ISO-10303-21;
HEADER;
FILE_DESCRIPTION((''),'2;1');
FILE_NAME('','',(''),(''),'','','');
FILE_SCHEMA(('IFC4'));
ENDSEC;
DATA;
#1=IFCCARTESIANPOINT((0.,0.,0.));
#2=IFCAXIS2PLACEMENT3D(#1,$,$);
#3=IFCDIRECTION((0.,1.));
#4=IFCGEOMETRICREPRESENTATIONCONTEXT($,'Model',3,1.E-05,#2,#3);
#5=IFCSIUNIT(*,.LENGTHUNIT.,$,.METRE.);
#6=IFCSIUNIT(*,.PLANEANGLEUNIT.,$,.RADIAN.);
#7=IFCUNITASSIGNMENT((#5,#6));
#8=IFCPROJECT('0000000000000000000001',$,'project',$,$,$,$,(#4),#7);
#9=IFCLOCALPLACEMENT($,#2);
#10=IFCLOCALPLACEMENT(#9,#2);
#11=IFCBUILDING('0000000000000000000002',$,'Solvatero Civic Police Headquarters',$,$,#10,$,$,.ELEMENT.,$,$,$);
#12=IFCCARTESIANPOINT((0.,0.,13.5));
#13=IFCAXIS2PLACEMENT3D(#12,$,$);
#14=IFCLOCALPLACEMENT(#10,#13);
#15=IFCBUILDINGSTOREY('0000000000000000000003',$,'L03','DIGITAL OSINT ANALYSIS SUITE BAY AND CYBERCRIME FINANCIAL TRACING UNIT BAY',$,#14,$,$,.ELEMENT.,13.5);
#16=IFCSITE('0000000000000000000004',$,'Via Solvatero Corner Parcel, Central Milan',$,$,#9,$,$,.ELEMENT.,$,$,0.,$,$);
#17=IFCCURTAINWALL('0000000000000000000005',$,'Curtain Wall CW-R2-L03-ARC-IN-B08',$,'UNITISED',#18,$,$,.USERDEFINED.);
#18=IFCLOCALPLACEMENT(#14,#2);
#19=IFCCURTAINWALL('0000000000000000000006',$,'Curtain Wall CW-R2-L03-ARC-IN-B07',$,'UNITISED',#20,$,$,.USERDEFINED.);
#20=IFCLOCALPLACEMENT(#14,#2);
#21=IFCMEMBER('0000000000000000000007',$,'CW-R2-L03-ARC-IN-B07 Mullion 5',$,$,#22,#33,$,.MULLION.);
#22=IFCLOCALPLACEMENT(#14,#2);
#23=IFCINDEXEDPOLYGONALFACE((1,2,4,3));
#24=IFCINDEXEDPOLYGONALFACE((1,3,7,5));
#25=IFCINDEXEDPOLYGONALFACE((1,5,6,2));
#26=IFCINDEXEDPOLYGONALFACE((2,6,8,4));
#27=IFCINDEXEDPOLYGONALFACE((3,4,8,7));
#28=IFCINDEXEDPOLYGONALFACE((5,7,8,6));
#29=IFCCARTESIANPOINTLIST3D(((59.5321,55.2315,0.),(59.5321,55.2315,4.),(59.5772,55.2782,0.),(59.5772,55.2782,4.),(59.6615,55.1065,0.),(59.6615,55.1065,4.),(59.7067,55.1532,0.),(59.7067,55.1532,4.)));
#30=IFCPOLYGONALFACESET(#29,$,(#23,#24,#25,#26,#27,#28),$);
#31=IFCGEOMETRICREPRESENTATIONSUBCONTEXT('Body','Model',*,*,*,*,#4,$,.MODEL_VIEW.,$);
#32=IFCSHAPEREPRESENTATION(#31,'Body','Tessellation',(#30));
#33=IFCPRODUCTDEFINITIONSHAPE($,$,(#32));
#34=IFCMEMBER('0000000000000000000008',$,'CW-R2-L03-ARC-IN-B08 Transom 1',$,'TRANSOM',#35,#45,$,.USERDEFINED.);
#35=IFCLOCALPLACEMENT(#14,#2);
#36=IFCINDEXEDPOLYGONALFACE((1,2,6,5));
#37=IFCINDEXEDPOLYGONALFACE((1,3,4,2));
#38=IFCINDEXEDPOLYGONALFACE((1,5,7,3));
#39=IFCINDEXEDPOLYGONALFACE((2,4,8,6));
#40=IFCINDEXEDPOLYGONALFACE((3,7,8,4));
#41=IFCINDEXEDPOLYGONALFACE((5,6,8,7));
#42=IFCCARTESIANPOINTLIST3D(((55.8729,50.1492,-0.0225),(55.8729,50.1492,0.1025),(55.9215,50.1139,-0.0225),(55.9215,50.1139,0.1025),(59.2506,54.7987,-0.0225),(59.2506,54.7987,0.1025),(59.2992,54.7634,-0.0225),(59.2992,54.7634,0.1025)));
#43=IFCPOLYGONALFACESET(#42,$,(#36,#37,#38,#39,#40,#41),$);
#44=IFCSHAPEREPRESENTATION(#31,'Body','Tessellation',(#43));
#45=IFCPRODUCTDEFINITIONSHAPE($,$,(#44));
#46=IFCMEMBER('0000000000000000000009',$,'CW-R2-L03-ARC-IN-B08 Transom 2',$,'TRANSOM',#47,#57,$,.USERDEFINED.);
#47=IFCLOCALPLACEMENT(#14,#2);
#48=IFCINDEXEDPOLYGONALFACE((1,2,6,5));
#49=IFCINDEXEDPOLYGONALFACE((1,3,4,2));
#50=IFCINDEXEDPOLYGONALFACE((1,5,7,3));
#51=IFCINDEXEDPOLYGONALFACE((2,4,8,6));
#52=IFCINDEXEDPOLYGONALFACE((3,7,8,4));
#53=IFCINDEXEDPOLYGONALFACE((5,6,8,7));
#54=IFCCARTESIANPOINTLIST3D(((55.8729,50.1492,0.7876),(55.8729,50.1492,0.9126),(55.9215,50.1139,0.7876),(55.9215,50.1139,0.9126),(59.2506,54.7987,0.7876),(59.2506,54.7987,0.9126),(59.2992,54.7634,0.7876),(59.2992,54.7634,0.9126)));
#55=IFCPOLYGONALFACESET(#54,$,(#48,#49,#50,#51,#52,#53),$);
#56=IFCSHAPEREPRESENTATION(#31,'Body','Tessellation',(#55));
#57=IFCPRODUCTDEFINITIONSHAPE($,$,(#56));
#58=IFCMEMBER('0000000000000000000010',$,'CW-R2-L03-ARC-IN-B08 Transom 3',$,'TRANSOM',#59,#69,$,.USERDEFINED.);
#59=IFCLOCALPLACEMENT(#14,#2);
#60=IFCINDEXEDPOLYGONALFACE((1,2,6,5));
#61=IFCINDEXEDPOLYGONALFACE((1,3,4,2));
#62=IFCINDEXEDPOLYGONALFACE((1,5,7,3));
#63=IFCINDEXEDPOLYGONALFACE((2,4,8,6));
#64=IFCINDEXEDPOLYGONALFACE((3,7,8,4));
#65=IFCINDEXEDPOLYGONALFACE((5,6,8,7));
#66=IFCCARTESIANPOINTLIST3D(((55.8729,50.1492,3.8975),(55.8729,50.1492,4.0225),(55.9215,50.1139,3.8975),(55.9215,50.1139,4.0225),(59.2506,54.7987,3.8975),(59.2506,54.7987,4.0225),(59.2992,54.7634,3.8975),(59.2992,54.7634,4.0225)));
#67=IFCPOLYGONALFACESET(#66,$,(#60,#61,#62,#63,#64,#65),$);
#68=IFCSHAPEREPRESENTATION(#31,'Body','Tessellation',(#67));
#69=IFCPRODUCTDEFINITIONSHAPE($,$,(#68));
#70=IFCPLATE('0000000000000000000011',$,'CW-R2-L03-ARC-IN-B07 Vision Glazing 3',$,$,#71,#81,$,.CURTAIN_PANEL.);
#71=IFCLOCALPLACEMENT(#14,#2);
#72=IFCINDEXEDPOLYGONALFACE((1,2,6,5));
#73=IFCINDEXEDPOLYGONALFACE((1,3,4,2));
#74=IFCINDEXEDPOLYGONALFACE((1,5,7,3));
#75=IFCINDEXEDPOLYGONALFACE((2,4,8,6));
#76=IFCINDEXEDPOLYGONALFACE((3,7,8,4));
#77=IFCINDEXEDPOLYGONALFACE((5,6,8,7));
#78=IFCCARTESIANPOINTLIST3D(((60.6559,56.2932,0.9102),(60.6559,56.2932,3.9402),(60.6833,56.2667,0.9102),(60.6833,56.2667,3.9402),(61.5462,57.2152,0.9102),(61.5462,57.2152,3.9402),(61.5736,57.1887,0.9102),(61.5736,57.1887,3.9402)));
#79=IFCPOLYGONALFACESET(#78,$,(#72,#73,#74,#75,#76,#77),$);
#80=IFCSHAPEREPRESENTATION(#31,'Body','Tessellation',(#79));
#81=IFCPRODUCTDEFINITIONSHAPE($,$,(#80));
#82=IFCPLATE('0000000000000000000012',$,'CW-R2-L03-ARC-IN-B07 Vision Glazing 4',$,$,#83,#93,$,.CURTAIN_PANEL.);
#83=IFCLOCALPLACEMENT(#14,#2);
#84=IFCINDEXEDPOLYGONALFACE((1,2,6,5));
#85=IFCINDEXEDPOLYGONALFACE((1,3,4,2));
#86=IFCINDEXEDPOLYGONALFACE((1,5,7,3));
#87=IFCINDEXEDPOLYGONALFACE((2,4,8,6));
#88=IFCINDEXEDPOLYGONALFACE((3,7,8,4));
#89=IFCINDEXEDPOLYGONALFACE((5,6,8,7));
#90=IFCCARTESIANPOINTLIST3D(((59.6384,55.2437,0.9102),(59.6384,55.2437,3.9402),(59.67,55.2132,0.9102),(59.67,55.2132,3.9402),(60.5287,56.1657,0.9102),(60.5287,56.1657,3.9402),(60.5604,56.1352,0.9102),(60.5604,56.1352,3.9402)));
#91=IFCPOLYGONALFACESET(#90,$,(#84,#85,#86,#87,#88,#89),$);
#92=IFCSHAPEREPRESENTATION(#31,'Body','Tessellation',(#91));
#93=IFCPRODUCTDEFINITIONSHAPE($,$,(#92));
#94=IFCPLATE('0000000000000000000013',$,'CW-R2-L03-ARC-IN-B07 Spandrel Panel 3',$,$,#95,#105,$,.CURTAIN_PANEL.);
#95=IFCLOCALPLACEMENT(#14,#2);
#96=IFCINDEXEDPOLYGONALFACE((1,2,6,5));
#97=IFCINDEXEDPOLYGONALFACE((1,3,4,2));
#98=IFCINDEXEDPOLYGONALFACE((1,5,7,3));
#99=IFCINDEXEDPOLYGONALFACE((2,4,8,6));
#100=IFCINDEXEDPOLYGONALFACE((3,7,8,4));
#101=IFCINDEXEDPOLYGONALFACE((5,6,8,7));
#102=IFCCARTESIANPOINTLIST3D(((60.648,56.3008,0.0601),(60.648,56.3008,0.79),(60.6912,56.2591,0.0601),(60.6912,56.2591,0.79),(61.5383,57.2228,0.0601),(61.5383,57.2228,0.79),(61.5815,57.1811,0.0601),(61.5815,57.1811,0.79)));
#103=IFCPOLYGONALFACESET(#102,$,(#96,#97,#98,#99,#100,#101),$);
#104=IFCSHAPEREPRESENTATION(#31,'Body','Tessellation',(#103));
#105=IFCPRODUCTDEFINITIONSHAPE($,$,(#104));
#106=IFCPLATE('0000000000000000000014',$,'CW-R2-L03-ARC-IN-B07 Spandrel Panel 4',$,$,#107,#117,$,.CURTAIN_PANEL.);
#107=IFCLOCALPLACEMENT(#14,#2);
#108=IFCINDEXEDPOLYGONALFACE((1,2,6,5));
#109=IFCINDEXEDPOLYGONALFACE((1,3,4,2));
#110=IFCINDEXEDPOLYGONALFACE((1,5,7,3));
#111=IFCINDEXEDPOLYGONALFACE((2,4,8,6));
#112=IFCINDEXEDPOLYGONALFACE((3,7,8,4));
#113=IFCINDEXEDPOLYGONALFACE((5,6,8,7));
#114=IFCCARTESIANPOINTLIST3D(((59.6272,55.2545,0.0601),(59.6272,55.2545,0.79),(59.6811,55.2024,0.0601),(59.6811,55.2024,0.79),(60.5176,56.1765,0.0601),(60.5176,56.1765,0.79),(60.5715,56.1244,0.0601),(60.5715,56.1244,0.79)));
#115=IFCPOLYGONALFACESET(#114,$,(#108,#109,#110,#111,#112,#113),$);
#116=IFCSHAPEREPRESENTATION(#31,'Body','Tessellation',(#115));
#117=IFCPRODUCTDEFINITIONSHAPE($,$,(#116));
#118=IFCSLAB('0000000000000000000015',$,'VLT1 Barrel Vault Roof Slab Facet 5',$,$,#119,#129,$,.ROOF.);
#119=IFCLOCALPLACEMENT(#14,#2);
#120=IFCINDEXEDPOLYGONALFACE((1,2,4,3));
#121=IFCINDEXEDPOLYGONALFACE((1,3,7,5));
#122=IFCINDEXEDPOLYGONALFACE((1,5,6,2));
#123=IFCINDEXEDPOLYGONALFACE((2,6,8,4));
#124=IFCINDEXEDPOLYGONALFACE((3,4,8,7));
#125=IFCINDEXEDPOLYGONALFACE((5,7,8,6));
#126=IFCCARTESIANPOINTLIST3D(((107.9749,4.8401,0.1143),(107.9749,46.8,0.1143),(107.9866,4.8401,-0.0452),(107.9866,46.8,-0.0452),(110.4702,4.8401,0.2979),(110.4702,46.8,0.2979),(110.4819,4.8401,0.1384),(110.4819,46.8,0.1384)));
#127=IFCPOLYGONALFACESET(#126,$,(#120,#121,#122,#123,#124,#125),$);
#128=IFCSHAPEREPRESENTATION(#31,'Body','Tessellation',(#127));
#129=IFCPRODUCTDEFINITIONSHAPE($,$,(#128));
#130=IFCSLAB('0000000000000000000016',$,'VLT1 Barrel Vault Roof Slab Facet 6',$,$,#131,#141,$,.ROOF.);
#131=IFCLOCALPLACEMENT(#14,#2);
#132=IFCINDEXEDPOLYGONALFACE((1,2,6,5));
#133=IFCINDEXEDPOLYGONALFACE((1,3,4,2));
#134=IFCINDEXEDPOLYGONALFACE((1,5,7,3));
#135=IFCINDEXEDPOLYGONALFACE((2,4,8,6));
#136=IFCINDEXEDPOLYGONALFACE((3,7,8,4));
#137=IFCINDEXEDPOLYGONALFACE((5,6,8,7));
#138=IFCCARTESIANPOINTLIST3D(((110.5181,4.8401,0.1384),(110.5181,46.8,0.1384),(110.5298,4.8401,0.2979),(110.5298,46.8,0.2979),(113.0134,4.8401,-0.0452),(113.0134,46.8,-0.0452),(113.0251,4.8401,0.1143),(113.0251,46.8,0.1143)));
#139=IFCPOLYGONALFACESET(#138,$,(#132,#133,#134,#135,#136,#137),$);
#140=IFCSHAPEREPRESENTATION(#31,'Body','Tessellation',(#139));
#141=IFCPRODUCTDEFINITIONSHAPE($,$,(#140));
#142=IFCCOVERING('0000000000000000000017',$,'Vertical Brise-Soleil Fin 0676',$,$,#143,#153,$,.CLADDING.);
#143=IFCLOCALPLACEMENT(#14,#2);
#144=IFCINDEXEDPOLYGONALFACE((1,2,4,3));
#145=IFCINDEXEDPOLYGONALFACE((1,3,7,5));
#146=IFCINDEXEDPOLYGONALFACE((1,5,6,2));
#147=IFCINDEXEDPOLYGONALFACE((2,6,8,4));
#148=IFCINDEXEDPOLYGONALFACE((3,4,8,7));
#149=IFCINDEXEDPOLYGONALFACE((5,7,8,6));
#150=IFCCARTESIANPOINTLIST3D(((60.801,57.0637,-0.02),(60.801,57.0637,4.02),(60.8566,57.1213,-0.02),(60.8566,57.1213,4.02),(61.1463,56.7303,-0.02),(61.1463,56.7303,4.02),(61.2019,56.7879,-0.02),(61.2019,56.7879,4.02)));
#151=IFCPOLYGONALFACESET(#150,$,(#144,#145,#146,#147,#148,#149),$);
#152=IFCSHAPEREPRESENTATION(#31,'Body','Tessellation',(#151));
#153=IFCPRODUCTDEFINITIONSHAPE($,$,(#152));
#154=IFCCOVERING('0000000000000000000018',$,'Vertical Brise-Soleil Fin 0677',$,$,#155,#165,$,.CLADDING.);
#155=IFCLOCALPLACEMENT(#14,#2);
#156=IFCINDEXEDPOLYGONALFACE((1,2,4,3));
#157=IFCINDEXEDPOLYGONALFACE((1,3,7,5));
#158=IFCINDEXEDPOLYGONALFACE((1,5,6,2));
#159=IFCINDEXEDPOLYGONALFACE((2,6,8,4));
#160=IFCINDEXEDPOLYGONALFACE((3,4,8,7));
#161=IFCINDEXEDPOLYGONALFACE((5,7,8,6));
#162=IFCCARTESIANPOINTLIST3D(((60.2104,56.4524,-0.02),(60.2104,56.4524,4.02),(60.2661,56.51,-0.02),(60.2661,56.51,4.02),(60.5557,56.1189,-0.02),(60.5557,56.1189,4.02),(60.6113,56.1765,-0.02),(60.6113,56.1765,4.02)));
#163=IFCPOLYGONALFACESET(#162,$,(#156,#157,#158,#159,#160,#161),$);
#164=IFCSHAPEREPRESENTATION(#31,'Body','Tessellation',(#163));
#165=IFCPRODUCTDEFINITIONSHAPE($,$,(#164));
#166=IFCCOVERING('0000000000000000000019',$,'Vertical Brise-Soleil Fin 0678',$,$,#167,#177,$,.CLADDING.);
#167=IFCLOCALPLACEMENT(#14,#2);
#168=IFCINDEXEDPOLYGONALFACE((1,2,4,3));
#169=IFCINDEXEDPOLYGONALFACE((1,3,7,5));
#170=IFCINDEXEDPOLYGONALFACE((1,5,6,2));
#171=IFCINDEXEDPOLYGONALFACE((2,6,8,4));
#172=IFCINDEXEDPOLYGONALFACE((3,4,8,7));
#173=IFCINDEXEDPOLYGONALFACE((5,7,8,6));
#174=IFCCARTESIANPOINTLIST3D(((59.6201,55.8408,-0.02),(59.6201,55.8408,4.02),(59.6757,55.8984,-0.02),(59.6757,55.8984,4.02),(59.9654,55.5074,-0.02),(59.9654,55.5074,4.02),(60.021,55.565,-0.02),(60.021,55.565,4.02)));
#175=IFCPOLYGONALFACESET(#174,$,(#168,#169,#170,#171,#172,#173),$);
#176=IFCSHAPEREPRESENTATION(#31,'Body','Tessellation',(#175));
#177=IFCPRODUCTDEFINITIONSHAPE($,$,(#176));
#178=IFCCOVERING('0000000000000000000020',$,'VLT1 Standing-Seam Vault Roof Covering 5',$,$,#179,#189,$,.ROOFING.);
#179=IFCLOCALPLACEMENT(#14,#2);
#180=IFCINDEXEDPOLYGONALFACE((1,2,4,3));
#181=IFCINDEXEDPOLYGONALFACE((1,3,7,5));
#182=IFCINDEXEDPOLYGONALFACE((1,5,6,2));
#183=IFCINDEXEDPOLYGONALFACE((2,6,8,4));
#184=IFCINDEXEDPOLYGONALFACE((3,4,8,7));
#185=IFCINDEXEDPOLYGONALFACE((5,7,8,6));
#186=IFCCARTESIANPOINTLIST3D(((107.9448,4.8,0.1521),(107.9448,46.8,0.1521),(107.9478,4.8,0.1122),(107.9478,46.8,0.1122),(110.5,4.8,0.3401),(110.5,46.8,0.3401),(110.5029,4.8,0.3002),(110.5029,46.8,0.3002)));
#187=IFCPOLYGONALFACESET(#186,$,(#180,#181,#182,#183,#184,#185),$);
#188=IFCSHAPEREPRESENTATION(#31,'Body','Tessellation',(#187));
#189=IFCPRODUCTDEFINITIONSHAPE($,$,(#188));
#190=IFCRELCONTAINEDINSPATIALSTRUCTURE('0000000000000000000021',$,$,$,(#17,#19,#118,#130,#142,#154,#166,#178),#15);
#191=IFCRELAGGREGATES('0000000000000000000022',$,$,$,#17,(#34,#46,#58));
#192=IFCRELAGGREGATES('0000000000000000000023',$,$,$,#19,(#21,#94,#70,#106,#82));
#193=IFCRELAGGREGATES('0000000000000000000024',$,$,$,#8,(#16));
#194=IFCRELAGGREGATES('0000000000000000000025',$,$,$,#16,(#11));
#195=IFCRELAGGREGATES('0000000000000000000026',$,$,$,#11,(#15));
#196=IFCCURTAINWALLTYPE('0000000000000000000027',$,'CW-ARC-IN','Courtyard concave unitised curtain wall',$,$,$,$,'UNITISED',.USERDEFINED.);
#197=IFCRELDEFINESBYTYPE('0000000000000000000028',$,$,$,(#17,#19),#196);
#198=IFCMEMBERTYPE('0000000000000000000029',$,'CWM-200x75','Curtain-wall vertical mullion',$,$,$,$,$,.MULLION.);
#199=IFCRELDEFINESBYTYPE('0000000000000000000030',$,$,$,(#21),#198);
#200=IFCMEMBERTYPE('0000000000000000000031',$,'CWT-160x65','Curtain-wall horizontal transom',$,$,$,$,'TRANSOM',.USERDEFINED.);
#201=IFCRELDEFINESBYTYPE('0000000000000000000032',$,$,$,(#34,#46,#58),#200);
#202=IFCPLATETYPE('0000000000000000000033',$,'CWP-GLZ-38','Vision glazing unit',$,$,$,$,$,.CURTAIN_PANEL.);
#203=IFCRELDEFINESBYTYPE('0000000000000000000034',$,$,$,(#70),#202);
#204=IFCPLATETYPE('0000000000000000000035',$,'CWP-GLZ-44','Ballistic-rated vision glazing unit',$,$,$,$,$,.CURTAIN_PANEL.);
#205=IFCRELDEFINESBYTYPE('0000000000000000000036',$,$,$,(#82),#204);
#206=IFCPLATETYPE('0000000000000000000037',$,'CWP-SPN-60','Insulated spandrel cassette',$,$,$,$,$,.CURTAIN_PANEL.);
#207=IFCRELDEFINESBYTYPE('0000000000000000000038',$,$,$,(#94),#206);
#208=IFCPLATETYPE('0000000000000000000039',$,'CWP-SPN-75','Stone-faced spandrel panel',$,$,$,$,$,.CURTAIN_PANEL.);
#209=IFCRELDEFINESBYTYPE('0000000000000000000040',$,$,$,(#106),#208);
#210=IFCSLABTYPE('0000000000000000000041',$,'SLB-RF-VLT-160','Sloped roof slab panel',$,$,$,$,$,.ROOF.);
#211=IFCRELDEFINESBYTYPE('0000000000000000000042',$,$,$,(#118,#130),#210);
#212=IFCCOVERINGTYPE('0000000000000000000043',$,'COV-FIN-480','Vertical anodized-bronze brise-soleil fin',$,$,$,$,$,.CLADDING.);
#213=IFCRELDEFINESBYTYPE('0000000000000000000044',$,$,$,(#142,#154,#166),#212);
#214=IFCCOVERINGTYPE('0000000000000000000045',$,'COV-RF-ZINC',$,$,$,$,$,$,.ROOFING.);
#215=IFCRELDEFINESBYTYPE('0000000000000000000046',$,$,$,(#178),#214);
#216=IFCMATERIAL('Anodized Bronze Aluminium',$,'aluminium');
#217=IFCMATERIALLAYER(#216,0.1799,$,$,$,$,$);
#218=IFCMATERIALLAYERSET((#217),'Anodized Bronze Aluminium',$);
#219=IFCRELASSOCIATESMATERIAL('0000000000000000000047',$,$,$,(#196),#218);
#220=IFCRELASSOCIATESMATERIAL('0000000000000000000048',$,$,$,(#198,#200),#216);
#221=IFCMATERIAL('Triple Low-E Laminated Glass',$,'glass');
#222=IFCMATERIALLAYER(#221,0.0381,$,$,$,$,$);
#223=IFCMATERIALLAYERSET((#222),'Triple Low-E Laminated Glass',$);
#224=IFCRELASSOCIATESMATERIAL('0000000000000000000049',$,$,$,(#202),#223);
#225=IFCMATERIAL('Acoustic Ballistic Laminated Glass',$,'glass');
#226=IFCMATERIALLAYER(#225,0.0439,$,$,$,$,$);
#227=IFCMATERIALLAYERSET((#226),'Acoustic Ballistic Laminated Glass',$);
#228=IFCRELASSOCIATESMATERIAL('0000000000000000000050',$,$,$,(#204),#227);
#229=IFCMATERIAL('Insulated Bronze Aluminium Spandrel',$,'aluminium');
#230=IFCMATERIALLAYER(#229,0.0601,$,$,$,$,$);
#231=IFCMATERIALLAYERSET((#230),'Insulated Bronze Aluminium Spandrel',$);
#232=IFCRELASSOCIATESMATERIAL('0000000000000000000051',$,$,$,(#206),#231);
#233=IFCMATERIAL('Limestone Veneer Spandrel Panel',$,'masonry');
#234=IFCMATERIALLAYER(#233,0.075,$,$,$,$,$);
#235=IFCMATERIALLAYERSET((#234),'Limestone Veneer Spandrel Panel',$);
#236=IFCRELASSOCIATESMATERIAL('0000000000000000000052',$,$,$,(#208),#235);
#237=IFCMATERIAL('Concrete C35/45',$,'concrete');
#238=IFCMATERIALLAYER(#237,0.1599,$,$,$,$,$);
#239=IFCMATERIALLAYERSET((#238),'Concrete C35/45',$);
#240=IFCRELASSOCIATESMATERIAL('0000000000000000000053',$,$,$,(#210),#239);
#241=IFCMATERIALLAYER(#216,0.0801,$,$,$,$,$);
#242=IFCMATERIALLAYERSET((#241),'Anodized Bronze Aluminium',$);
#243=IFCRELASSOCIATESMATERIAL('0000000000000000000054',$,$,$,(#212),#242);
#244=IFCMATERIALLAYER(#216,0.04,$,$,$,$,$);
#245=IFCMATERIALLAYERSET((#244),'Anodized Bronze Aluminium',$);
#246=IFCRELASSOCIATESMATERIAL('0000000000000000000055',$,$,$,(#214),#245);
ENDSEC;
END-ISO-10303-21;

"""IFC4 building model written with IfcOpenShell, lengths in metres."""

from ifc_helpers import new_model, si_unit, direction, frame, origin, origin_2d, place, context, subcontext, project, spatial, polyline, rectangle, outline, extrude, material, layer, layer_set, material_profile, profile_set, type_object, element, aggregate, save


model = new_model("IFC4")

# Units and contexts
model_context = context("Model", 3, precision=1e-05, world=origin(), true_north=direction((0.0, 1.0)))
body_context = subcontext(model_context, "Body", "Model", "MODEL_VIEW")
ifc_project = project(units=[si_unit("LENGTHUNIT", "METRE"), si_unit("PLANEANGLEUNIT", "RADIAN")], contexts=[model_context])

# Site, building, storey
site_placement = place(None, origin())
site = spatial("IfcSite", under=ifc_project, at=site_placement, Name="Via Solvatero Corner Parcel, Central Milan", CompositionType="ELEMENT", RefElevation=0.0)
building_placement = place(site_placement, origin())
building = spatial("IfcBuilding", under=site, at=building_placement, Name="Solvatero Civic Police Headquarters", CompositionType="ELEMENT")
storey_placement = place(building_placement, frame((0.0, 0.0, 13.5)))
storey = spatial("IfcBuildingStorey", under=building, at=storey_placement, Name="L03", Description="DIGITAL OSINT ANALYSIS SUITE BAY AND CYBERCRIME FINANCIAL TRACING UNIT BAY", CompositionType="ELEMENT", Elevation=13.5)

# Curtain wall
ifc_material_1 = material(Name="Anodized Bronze Aluminium", Category="aluminium")
ifc_layer_1 = layer(ifc_material_1, 0.1799)
ifc_layer_set_1 = layer_set([ifc_layer_1], Name="Anodized Bronze Aluminium")
curtain_wall_type = type_object("IfcCurtainWallType", Name="CW-ARC-IN", Description="Courtyard concave unitised curtain wall", ElementType="UNITISED", PredefinedType="USERDEFINED", material=ifc_layer_set_1)
curtain_wall_1_placement = place(storey_placement, origin())
curtain_wall_1 = element("IfcCurtainWall", 1, at=curtain_wall_1_placement, inside=storey, type_object=curtain_wall_type, Name="Curtain Wall CW-R2-L03-ARC-IN-B08", ObjectType="UNITISED", PredefinedType="USERDEFINED")

# Curtain wall, member
curtain_wall_2_placement = place(storey_placement, origin())
curtain_wall_2 = element("IfcCurtainWall", 2, at=curtain_wall_2_placement, inside=storey, type_object=curtain_wall_type, Name="Curtain Wall CW-R2-L03-ARC-IN-B07", ObjectType="UNITISED", PredefinedType="USERDEFINED")
ifc_material_profile_1 = material_profile(ifc_material_1, rectangle(XDim=0.0649, YDim=0.1799, at=origin_2d()), Name="ALU MULLION 65x180")
ifc_profile_set_1 = profile_set([ifc_material_profile_1], Name="Anodized Bronze Aluminium")
member_type_1 = type_object("IfcMemberType", Name="CWM-200x75", Description="Curtain-wall vertical mullion", PredefinedType="MULLION", material=ifc_profile_set_1)
member_1_placement = place(storey_placement, frame((59.6194, 55.1924, 0.0), z_axis=(0.0, 0.0, 1.0), x_axis=(-0.694658, -0.71934, 0.0)))
member_1 = element("IfcMember", 3, at=member_1_placement, type_object=member_type_1, Name="CW-R2-L03-ARC-IN-B07 Mullion 5", PredefinedType="MULLION", context=body_context, shape_type="SweptSolid", body=[
    extrude(rectangle(XDim=0.0649, YDim=0.1799, at=origin_2d()), origin(), (0.0, 0.0, 1.0), 4.0),
])

# Members
ifc_material_profile_2 = material_profile(ifc_material_1, rectangle(XDim=0.0601, YDim=0.125, at=origin_2d()), Name="ALU TRANSOM 60x125")
ifc_profile_set_2 = profile_set([ifc_material_profile_2], Name="Anodized Bronze Aluminium")
member_type_2 = type_object("IfcMemberType", Name="CWT-160x65", Description="Curtain-wall horizontal transom", ElementType="TRANSOM", PredefinedType="USERDEFINED", material=ifc_profile_set_2)
member_2_placement = place(storey_placement, frame((59.2749, 54.781, 0.04), z_axis=(-0.58775, -0.809043, 0.0), x_axis=(0.809043, -0.58775, 0.0)))
member_2 = element("IfcMember", 4, at=member_2_placement, type_object=member_type_2, Name="CW-R2-L03-ARC-IN-B08 Transom 1", ObjectType="TRANSOM", PredefinedType="USERDEFINED", context=body_context, shape_type="SweptSolid", body=[
    extrude(rectangle(XDim=0.0601, YDim=0.125, at=origin_2d()), origin(), (0.0, 0.0, 1.0), 5.7468),
])
member_3_placement = place(storey_placement, frame((59.2749, 54.781, 0.8501), z_axis=(-0.58775, -0.809043, 0.0), x_axis=(0.809043, -0.58775, 0.0)))
member_3 = element("IfcMember", 5, at=member_3_placement, type_object=member_type_2, Name="CW-R2-L03-ARC-IN-B08 Transom 2", ObjectType="TRANSOM", PredefinedType="USERDEFINED", context=body_context, shape_type="SweptSolid", body=[
    extrude(rectangle(XDim=0.0601, YDim=0.125, at=origin_2d()), origin(), (0.0, 0.0, 1.0), 5.7468),
])
member_4_placement = place(storey_placement, frame((59.2749, 54.781, 3.96), z_axis=(-0.58775, -0.809043, 0.0), x_axis=(0.809043, -0.58775, 0.0)))
member_4 = element("IfcMember", 6, at=member_4_placement, type_object=member_type_2, Name="CW-R2-L03-ARC-IN-B08 Transom 3", ObjectType="TRANSOM", PredefinedType="USERDEFINED", context=body_context, shape_type="SweptSolid", body=[
    extrude(rectangle(XDim=0.0601, YDim=0.125, at=origin_2d()), origin(), (0.0, 0.0, 1.0), 5.7468),
])
aggregate(curtain_wall_1, [member_2, member_3, member_4])

# Plates
ifc_material_2 = material(Name="Triple Low-E Laminated Glass", Category="glass")
ifc_layer_2 = layer(ifc_material_2, 0.0381)
ifc_layer_set_2 = layer_set([ifc_layer_2], Name="Triple Low-E Laminated Glass")
plate_type_1 = type_object("IfcPlateType", Name="CWP-GLZ-38", Description="Vision glazing unit", PredefinedType="CURTAIN_PANEL", material=ifc_layer_set_2)
plate_1_placement = place(storey_placement, frame((61.1147, 56.741, 0.9102), z_axis=(0.0, 0.0, 1.0), x_axis=(-0.694658, -0.71934, 0.0)))
plate_1 = element("IfcPlate", 7, at=plate_1_placement, type_object=plate_type_1, Name="CW-R2-L03-ARC-IN-B07 Vision Glazing 3", PredefinedType="CURTAIN_PANEL", context=body_context, shape_type="SweptSolid", body=[
    extrude(rectangle(XDim=1.2817, YDim=0.0381, at=origin_2d()), origin(), (0.0, 0.0, 1.0), 3.03),
])
ifc_material_3 = material(Name="Acoustic Ballistic Laminated Glass", Category="glass")
ifc_layer_3 = layer(ifc_material_3, 0.0439)
ifc_layer_set_3 = layer_set([ifc_layer_3], Name="Acoustic Ballistic Laminated Glass")
plate_type_2 = type_object("IfcPlateType", Name="CWP-GLZ-44", Description="Ballistic-rated vision glazing unit", PredefinedType="CURTAIN_PANEL", material=ifc_layer_set_3)
plate_2_placement = place(storey_placement, frame((60.0994, 55.6895, 0.9102), z_axis=(0.0, 0.0, 1.0), x_axis=(-0.694658, -0.71934, 0.0)))
plate_2 = element("IfcPlate", 8, at=plate_2_placement, type_object=plate_type_2, Name="CW-R2-L03-ARC-IN-B07 Vision Glazing 4", PredefinedType="CURTAIN_PANEL", context=body_context, shape_type="SweptSolid", body=[
    extrude(rectangle(XDim=1.2817, YDim=0.0439, at=origin_2d()), origin(), (0.0, 0.0, 1.0), 3.03),
])
ifc_material_4 = material(Name="Insulated Bronze Aluminium Spandrel", Category="aluminium")
ifc_layer_4 = layer(ifc_material_4, 0.0601)
ifc_layer_set_4 = layer_set([ifc_layer_4], Name="Insulated Bronze Aluminium Spandrel")
plate_type_3 = type_object("IfcPlateType", Name="CWP-SPN-60", Description="Insulated spandrel cassette", PredefinedType="CURTAIN_PANEL", material=ifc_layer_set_4)
plate_3_placement = place(storey_placement, frame((61.1147, 56.741, 0.0601), z_axis=(0.0, 0.0, 1.0), x_axis=(-0.694658, -0.71934, 0.0)))
plate_3 = element("IfcPlate", 9, at=plate_3_placement, type_object=plate_type_3, Name="CW-R2-L03-ARC-IN-B07 Spandrel Panel 3", PredefinedType="CURTAIN_PANEL", context=body_context, shape_type="SweptSolid", body=[
    extrude(rectangle(XDim=1.2817, YDim=0.0601, at=origin_2d()), origin(), (0.0, 0.0, 1.0), 0.73),
])
ifc_material_5 = material(Name="Limestone Veneer Spandrel Panel", Category="masonry")
ifc_layer_5 = layer(ifc_material_5, 0.075)
ifc_layer_set_5 = layer_set([ifc_layer_5], Name="Limestone Veneer Spandrel Panel")
plate_type_4 = type_object("IfcPlateType", Name="CWP-SPN-75", Description="Stone-faced spandrel panel", PredefinedType="CURTAIN_PANEL", material=ifc_layer_set_5)
plate_4_placement = place(storey_placement, frame((60.0994, 55.6895, 0.0601), z_axis=(0.0, 0.0, 1.0), x_axis=(-0.694658, -0.71934, 0.0)))
plate_4 = element("IfcPlate", 10, at=plate_4_placement, type_object=plate_type_4, Name="CW-R2-L03-ARC-IN-B07 Spandrel Panel 4", PredefinedType="CURTAIN_PANEL", context=body_context, shape_type="SweptSolid", body=[
    extrude(rectangle(XDim=1.2817, YDim=0.075, at=origin_2d()), origin(), (0.0, 0.0, 1.0), 0.73),
])
aggregate(curtain_wall_2, [member_1, plate_3, plate_1, plate_4, plate_2])

# Slabs
ifc_material_6 = material(Name="Concrete C35/45", Category="concrete")
ifc_layer_6 = layer(ifc_material_6, 0.1599)
ifc_layer_set_6 = layer_set([ifc_layer_6], Name="Concrete C35/45")
slab_type = type_object("IfcSlabType", Name="SLB-RF-VLT-160", Description="Sloped roof slab panel", PredefinedType="ROOF", material=ifc_layer_set_6)
for number, where, z_axis, x_axis, name in (
    (11, (107.9749, 4.8401, 0.1143), (-0.073376, 0.0, 0.997304), (0.997304, 0.0, 0.073376), "VLT1 Barrel Vault Roof Slab Facet 5"),
    (12, (110.5298, 4.8401, 0.2979), (0.073376, 0.0, 0.997304), (0.997304, 0.0, -0.073376), "VLT1 Barrel Vault Roof Slab Facet 6"),
):
    element("IfcSlab", number, at=place(storey_placement, frame(where, z_axis=z_axis, x_axis=x_axis)), inside=storey, type_object=slab_type, Name=name, PredefinedType="ROOF", context=body_context, shape_type="SweptSolid", body=[
        extrude(outline(polyline([(0.0, 0.0), (2.5021, 0.0), (2.5021, 41.96), (0.0, 41.96), (0.0, 0.0)])), origin(), (0.0, 0.0, -1.0), 0.1599),
    ])

# Coverings
ifc_layer_7 = layer(ifc_material_1, 0.0801)
ifc_layer_set_7 = layer_set([ifc_layer_7], Name="Anodized Bronze Aluminium")
covering_type_1 = type_object("IfcCoveringType", Name="COV-FIN-480", Description="Vertical anodized-bronze brise-soleil fin", PredefinedType="CLADDING", material=ifc_layer_set_7)
for number, where, z_axis, x_axis, name in (
    (13, (61.0015, 56.9258, -0.02), (0.0, 0.0, 1.0), (-0.694658, -0.71934, 0.0), "Vertical Brise-Soleil Fin 0676"),
    (14, (60.4109, 56.3145, -0.02), (0.0, 0.0, 1.0), (-0.694658, -0.71934, 0.0), "Vertical Brise-Soleil Fin 0677"),
    (15, (59.8206, 55.7029, -0.02), (0.0, 0.0, 1.0), (-0.694658, -0.71934, 0.0), "Vertical Brise-Soleil Fin 0678"),
):
    element("IfcCovering", number, at=place(storey_placement, frame(where, z_axis=z_axis, x_axis=x_axis)), inside=storey, type_object=covering_type_1, Name=name, PredefinedType="CLADDING", context=body_context, shape_type="SweptSolid", body=[
        extrude(rectangle(XDim=0.0801, YDim=0.48, at=origin_2d()), origin(), (0.0, 0.0, 1.0), 4.04),
    ])
ifc_layer_8 = layer(ifc_material_1, 0.04)
ifc_layer_set_8 = layer_set([ifc_layer_8], Name="Anodized Bronze Aluminium")
covering_type_2 = type_object("IfcCoveringType", Name="COV-RF-ZINC", PredefinedType="ROOFING", material=ifc_layer_set_8)
for number, where, z_axis, x_axis, name in (
    (16, (107.9448, 4.8, 0.1521), (-0.073373, 0.0, 0.997305), (0.997305, 0.0, 0.073373), "VLT1 Standing-Seam Vault Roof Covering 5"),
):
    element("IfcCovering", number, at=place(storey_placement, frame(where, z_axis=z_axis, x_axis=x_axis)), inside=storey, type_object=covering_type_2, Name=name, PredefinedType="ROOFING", context=body_context, shape_type="SweptSolid", body=[
        extrude(outline(polyline([(0.0, 0.0), (2.5621, 0.0), (2.5621, 42.0), (0.0, 42.0), (0.0, 0.0)])), origin(), (0.0, 0.0, -1.0), 0.04),
    ])

save(model, "model.ifc")
